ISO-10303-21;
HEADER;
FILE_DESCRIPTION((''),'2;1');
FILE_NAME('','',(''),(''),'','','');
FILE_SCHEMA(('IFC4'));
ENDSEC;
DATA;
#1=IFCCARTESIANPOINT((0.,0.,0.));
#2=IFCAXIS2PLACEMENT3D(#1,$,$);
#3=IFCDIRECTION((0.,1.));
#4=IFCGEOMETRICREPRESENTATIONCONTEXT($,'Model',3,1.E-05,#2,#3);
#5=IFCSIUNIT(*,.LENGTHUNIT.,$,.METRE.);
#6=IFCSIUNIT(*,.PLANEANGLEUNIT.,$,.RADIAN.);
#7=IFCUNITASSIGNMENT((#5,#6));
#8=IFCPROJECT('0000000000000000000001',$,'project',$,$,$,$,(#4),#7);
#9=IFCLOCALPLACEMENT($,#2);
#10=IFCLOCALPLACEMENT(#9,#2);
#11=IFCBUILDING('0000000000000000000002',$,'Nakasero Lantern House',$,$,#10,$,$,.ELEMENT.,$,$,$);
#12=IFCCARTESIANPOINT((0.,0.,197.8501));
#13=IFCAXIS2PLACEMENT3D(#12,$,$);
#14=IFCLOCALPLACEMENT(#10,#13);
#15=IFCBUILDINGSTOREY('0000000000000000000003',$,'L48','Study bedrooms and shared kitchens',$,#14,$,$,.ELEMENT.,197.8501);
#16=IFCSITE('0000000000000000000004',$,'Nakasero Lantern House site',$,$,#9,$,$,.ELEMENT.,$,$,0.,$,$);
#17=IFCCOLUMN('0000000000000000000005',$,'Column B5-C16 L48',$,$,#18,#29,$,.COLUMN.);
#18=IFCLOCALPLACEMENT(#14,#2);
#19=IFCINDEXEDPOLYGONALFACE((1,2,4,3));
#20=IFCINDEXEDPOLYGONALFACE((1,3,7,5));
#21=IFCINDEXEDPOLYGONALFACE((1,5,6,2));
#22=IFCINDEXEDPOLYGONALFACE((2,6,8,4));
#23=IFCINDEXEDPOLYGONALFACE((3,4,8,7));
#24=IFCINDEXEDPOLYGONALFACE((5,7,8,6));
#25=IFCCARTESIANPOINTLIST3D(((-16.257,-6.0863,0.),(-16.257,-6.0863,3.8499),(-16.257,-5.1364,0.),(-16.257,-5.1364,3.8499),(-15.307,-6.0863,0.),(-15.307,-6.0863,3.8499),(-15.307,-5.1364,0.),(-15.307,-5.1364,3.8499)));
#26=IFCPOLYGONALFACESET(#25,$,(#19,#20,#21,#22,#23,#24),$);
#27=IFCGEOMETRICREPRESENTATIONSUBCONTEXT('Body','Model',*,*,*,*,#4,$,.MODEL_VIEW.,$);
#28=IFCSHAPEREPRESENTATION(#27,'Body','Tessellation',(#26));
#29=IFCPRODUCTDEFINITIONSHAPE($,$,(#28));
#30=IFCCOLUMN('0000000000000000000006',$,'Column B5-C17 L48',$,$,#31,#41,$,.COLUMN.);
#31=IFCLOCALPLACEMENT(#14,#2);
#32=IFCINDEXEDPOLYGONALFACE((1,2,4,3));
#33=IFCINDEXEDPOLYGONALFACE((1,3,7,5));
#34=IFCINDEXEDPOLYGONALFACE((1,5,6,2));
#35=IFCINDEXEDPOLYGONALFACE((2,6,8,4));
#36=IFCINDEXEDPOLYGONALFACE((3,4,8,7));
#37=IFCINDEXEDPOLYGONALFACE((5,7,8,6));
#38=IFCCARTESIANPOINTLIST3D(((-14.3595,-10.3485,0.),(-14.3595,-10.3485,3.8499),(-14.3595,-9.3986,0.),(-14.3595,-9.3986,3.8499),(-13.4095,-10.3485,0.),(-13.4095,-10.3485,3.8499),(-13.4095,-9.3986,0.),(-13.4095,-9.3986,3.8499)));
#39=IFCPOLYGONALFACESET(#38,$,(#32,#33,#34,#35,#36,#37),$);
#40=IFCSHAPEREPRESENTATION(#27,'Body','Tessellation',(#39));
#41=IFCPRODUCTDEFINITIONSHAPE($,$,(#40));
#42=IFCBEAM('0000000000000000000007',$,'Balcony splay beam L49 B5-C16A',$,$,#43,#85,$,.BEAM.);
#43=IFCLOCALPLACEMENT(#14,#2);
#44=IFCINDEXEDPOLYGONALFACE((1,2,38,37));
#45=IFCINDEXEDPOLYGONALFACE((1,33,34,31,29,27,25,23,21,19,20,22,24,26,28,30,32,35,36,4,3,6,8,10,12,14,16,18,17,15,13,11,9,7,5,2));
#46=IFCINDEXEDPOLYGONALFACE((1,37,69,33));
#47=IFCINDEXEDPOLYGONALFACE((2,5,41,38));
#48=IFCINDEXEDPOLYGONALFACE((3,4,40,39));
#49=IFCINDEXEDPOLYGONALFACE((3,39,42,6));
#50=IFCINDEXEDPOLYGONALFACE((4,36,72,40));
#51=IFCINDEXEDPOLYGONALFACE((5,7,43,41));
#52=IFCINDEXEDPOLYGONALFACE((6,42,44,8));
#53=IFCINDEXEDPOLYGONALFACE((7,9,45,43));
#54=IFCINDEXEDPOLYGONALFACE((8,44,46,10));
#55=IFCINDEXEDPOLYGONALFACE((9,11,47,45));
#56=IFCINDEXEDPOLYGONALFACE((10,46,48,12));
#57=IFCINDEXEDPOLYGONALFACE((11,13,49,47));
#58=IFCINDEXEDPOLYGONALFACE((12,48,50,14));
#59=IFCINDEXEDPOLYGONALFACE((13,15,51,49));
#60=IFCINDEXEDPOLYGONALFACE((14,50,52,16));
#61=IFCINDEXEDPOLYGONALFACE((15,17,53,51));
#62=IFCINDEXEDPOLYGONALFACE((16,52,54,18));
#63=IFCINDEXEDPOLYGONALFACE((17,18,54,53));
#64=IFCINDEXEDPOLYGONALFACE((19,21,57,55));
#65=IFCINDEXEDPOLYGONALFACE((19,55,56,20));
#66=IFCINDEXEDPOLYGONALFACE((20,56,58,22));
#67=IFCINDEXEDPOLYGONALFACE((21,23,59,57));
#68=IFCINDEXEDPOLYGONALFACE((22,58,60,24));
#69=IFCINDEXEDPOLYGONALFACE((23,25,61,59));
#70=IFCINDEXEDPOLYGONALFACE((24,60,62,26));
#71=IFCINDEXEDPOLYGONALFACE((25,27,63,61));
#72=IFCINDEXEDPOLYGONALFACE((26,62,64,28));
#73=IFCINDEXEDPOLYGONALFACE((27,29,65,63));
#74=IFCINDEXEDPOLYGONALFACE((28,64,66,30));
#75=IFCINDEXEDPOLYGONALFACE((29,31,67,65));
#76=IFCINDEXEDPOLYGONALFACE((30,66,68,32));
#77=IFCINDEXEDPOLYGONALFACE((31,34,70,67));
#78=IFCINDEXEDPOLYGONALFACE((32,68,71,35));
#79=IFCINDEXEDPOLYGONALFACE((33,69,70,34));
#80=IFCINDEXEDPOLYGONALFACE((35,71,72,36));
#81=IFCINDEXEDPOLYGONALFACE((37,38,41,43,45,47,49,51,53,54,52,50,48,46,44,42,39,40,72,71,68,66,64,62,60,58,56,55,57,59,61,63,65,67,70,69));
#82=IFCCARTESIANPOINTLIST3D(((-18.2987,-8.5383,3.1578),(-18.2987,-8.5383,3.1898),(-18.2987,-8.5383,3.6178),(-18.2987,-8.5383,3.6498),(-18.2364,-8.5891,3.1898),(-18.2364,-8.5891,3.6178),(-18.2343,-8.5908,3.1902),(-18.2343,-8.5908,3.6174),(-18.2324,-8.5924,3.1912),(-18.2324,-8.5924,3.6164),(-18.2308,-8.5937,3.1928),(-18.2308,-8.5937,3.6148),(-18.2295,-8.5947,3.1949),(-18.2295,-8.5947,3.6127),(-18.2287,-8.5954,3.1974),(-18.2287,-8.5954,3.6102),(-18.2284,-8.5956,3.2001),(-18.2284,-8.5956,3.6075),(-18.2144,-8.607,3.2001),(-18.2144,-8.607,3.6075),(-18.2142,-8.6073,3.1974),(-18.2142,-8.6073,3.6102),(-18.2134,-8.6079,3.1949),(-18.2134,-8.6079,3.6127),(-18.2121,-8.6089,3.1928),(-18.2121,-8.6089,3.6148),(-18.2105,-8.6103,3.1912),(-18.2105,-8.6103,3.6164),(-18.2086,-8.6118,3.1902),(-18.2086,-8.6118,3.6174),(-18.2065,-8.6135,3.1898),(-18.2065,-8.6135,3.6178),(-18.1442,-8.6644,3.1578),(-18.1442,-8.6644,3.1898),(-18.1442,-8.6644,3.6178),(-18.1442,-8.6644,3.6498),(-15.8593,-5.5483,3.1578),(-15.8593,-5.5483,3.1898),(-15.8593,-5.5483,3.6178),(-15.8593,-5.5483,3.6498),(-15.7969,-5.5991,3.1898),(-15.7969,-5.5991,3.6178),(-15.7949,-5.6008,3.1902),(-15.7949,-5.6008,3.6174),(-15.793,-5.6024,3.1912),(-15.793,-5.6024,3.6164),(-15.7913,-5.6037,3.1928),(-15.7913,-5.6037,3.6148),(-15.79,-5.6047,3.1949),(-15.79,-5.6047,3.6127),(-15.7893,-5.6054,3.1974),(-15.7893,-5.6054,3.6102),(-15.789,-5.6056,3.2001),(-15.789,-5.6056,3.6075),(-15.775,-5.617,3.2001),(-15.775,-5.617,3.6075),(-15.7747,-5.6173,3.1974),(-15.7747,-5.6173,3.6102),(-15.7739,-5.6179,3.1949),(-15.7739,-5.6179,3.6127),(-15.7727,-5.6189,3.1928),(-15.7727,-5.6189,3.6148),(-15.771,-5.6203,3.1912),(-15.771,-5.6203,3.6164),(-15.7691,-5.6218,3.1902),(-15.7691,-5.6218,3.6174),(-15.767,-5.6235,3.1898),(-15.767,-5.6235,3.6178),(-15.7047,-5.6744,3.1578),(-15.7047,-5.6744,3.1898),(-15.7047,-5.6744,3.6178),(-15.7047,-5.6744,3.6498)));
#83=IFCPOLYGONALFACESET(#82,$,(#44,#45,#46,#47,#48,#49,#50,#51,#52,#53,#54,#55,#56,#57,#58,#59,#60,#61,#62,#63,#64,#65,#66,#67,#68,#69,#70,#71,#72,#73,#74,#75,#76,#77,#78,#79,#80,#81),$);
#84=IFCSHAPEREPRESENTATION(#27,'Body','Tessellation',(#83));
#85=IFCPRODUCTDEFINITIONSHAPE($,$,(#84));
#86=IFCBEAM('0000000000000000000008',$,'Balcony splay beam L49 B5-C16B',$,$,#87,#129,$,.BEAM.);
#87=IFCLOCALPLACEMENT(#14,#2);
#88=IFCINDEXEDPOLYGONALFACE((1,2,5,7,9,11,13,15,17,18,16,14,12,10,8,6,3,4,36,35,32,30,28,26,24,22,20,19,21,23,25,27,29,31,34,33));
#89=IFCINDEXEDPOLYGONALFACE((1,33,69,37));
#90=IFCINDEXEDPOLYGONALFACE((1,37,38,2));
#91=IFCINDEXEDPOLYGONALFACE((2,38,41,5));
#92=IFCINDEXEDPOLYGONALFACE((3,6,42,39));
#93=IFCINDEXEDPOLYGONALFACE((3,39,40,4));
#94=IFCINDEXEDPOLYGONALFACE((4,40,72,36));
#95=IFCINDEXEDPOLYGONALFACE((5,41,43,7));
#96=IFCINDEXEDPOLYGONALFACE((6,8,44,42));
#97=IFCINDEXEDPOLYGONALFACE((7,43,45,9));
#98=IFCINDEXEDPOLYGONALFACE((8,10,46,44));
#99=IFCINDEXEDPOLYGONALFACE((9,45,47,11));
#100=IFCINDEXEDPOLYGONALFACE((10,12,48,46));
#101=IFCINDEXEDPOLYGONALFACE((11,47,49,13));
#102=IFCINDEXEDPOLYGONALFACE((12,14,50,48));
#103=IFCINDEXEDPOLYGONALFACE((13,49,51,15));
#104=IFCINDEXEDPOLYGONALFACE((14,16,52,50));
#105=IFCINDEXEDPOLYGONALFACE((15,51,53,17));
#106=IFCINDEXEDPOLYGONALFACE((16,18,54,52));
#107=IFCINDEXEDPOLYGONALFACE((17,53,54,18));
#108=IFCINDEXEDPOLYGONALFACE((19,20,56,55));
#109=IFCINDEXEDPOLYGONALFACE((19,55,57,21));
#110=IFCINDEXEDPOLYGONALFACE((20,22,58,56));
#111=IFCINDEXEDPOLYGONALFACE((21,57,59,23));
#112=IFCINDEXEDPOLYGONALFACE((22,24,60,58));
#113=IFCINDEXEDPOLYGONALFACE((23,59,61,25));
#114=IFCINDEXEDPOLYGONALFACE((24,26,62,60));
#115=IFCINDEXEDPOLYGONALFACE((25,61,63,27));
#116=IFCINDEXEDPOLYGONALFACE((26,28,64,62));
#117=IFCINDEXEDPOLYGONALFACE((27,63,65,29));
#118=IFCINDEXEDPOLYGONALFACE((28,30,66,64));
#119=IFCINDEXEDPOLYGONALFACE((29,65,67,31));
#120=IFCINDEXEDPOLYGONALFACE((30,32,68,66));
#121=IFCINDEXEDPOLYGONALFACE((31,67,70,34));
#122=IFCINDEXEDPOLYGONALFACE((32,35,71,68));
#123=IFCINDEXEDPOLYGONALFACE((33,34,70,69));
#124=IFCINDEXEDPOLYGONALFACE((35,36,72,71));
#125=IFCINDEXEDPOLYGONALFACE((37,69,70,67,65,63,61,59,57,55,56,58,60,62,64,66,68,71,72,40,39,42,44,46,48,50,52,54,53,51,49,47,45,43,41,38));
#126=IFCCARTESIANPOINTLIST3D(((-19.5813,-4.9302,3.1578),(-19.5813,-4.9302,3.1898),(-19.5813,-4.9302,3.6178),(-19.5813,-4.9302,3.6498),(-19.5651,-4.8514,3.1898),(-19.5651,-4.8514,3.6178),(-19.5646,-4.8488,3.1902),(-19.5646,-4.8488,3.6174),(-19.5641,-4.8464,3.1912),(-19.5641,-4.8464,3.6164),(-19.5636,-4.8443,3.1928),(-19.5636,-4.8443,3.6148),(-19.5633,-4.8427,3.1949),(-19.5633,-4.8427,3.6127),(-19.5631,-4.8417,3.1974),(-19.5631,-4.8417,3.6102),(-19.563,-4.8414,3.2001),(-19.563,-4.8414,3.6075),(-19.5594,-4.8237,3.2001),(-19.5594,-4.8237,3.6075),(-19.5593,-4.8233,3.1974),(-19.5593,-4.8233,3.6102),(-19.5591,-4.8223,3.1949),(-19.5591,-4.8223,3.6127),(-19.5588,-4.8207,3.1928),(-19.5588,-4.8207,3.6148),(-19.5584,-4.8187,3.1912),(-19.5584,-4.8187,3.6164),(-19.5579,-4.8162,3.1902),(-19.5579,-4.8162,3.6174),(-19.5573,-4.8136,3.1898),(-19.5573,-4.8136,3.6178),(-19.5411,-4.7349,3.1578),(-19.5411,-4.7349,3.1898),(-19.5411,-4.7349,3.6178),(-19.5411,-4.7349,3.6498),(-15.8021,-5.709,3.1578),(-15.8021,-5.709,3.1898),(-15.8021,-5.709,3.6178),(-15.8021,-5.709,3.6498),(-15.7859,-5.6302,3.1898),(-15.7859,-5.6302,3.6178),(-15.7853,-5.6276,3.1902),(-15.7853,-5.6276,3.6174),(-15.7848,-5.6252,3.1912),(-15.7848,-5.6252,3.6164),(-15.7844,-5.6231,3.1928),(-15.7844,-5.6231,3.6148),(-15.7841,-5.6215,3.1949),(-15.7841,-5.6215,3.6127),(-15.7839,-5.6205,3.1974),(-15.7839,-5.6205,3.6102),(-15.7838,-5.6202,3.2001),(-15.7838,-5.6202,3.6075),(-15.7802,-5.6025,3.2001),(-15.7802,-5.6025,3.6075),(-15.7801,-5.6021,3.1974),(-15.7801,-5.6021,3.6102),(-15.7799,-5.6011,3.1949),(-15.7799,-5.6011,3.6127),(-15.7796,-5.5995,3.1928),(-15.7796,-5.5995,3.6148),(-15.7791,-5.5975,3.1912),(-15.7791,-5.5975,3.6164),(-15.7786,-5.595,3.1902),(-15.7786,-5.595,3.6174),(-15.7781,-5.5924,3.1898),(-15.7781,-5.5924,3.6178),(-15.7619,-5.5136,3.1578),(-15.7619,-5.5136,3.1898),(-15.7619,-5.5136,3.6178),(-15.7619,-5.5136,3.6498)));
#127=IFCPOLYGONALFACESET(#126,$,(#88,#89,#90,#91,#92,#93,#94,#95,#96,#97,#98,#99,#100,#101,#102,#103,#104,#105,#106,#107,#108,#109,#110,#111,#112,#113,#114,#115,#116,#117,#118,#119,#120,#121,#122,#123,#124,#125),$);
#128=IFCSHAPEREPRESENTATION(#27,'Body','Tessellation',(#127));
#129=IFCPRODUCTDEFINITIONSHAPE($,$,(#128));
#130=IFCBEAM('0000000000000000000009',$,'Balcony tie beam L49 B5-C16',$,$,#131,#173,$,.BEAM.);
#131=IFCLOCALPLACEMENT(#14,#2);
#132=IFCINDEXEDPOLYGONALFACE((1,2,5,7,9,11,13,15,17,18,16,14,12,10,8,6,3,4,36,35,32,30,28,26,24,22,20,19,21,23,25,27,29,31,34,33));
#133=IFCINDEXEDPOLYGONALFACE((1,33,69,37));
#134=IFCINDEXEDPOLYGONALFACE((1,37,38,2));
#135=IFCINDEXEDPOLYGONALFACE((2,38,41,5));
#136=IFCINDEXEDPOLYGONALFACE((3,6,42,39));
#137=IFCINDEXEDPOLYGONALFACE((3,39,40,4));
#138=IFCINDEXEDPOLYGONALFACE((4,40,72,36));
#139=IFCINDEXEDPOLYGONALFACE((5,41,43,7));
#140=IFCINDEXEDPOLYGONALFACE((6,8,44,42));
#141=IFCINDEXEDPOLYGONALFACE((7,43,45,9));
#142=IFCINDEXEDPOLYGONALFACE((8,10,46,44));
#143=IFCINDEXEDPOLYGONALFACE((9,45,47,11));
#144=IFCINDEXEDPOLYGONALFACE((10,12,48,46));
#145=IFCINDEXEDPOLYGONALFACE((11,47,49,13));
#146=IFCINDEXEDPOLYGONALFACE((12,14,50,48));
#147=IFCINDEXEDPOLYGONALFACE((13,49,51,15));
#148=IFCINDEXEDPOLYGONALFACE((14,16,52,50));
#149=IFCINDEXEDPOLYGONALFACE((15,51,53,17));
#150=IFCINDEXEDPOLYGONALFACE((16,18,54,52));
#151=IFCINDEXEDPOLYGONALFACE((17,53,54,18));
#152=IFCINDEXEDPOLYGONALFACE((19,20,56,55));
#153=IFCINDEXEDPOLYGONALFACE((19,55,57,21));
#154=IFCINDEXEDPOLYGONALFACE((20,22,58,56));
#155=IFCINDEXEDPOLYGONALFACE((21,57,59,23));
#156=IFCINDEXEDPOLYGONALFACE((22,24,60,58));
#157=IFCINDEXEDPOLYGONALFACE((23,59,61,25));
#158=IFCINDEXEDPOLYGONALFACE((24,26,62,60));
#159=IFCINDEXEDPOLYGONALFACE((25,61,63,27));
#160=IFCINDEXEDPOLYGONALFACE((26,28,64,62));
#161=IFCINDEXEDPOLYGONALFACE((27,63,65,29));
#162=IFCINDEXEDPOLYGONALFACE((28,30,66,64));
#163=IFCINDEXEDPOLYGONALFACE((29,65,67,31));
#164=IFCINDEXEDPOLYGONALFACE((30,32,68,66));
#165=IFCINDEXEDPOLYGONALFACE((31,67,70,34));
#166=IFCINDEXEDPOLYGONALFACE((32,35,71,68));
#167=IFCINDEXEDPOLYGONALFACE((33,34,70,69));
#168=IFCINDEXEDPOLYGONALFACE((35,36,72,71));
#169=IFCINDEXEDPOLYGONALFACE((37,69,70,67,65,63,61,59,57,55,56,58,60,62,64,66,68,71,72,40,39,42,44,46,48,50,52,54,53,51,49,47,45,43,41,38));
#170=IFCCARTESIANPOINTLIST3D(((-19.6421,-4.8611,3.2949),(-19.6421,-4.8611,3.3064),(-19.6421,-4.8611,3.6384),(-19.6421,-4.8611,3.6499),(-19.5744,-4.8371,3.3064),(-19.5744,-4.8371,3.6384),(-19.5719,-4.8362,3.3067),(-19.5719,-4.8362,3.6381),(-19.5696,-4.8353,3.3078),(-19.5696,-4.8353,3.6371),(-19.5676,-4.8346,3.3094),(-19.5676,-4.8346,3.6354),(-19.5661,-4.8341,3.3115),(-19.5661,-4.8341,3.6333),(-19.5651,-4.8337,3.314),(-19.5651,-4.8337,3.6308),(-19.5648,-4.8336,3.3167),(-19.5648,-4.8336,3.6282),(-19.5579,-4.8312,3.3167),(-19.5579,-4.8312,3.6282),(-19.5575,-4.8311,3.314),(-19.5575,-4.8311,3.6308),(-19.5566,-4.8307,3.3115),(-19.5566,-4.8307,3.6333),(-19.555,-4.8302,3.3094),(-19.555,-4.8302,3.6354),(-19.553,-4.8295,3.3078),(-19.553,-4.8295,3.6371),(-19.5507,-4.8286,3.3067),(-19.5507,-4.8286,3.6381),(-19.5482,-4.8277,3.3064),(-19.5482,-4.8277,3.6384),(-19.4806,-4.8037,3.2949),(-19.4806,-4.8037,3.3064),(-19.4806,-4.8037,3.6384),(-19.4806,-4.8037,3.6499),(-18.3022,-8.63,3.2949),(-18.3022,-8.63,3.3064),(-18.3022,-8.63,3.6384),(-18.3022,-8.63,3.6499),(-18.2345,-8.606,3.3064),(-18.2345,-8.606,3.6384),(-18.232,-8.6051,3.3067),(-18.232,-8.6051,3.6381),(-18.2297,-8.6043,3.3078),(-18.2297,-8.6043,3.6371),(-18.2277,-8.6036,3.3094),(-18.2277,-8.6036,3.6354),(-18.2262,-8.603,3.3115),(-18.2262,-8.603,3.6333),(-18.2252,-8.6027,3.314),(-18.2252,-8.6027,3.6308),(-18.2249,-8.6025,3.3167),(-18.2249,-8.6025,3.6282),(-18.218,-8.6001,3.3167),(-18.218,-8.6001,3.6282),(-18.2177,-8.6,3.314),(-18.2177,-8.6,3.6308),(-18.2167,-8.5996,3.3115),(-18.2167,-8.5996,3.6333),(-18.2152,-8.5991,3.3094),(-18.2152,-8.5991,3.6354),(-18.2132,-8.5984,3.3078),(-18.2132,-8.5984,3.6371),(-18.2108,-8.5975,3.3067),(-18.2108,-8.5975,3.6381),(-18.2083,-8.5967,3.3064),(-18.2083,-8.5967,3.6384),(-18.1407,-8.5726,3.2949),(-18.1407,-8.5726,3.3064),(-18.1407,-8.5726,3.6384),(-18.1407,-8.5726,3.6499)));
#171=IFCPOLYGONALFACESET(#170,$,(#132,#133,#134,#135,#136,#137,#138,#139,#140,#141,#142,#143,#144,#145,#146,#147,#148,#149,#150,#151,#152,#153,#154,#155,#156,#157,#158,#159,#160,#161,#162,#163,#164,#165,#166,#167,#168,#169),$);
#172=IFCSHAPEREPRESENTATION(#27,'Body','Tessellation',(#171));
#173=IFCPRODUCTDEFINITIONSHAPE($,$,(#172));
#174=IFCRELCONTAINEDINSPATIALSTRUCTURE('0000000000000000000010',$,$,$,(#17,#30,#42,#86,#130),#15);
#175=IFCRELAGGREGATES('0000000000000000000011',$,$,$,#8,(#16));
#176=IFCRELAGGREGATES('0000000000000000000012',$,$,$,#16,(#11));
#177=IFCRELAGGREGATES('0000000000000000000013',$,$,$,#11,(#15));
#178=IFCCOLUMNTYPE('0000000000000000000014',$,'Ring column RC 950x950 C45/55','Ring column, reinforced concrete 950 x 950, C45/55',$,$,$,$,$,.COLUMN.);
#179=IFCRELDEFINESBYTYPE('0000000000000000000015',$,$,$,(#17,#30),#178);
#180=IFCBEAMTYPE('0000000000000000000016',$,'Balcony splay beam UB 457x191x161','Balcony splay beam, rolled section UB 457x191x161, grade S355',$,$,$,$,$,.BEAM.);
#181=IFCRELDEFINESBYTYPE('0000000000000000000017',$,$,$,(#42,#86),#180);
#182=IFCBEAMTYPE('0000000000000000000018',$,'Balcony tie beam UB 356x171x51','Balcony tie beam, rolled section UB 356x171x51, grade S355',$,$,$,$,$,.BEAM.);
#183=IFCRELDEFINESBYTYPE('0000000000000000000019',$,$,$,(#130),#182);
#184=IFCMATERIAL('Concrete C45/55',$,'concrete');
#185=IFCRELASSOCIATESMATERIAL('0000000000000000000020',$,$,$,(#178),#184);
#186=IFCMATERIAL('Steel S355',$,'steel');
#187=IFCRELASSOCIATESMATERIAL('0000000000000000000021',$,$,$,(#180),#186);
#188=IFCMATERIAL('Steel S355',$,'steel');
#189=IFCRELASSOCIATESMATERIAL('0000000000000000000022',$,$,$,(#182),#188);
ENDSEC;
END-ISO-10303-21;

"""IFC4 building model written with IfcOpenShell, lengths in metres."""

from ifc_helpers import new_model, si_unit, direction, frame, origin, origin_2d, place, context, subcontext, project, spatial, rectangle, i_section, extrude, material, material_profile, profile_set, type_object, element, save


model = new_model("IFC4")

# Units and contexts
model_context = context("Model", 3, precision=1e-05, world=origin(), true_north=direction((0.0, 1.0)))
body_context = subcontext(model_context, "Body", "Model", "MODEL_VIEW")
ifc_project = project(units=[si_unit("LENGTHUNIT", "METRE"), si_unit("PLANEANGLEUNIT", "RADIAN")], contexts=[model_context])

# Site, building, storey
site_placement = place(None, origin())
site = spatial("IfcSite", under=ifc_project, at=site_placement, Name="Nakasero Lantern House site", CompositionType="ELEMENT", RefElevation=0.0)
building_placement = place(site_placement, origin())
building = spatial("IfcBuilding", under=site, at=building_placement, Name="Nakasero Lantern House", CompositionType="ELEMENT")
storey_placement = place(building_placement, frame((0.0, 0.0, 197.8501)))
storey = spatial("IfcBuildingStorey", under=building, at=storey_placement, Name="L48", Description="Study bedrooms and shared kitchens", CompositionType="ELEMENT", Elevation=197.8501)

# Columns
ifc_material_1 = material(Name="Concrete C45/55", Category="concrete")
ifc_material_profile_1 = material_profile(ifc_material_1, rectangle(XDim=0.95, YDim=0.95, at=origin_2d()), Name="RC 950x950")
ifc_profile_set_1 = profile_set([ifc_material_profile_1], Name="Concrete C45/55")
column_type = type_object("IfcColumnType", Name="Ring column RC 950x950 C45/55", Description="Ring column, reinforced concrete 950 x 950, C45/55", PredefinedType="COLUMN", material=ifc_profile_set_1)
for number, where, z_axis, x_axis, name in (
    (1, (-15.782, -5.6113, 0.0), (0.0, 0.0, 1.0), (1.0, 0.0, 0.0), "Column B5-C16 L48"),
    (2, (-13.8845, -9.8735, 0.0), (0.0, 0.0, 1.0), (1.0, 0.0, 0.0), "Column B5-C17 L48"),
):
    element("IfcColumn", number, at=place(storey_placement, frame(where, z_axis=z_axis, x_axis=x_axis)), inside=storey, type_object=column_type, Name=name, PredefinedType="COLUMN", context=body_context, shape_type="SweptSolid", body=[
        extrude(rectangle(XDim=0.95, YDim=0.95, at=origin_2d()), origin(), (0.0, 0.0, 1.0), 3.8499),
    ])

# Beams
ifc_material_2 = material(Name="Steel S355", Category="steel")
ifc_material_profile_2 = material_profile(ifc_material_2, i_section(OverallWidth=0.1995, OverallDepth=0.4919, WebThickness=0.0181, FlangeThickness=0.032, FilletRadius=0.0103, at=origin_2d()), Name="UB 457x191x161")
ifc_profile_set_2 = profile_set([ifc_material_profile_2], Name="Steel S355")
beam_type_1 = type_object("IfcBeamType", Name="Balcony splay beam UB 457x191x161", Description="Balcony splay beam, rolled section UB 457x191x161, grade S355", PredefinedType="BEAM", material=ifc_profile_set_2)
beam_1_placement = place(storey_placement, frame((-15.782, -5.6113, 3.4038), z_axis=(-0.632166, -0.774833, 0.0), x_axis=(0.774833, -0.632166, 0.0)))
element("IfcBeam", 3, at=beam_1_placement, inside=storey, type_object=beam_type_1, Name="Balcony splay beam L49 B5-C16A", PredefinedType="BEAM", context=body_context, shape_type="SweptSolid", body=[
    extrude(i_section(OverallWidth=0.1995, OverallDepth=0.4919, WebThickness=0.0181, FlangeThickness=0.032, FilletRadius=0.0103, at=origin_2d()), origin(), (0.0, 0.0, 1.0), 3.8589),
])
beam_2_placement = place(storey_placement, frame((-15.782, -5.6113, 3.4038), z_axis=(-0.97942, 0.201831, 0.0), x_axis=(-0.201831, -0.97942, 0.0)))
element("IfcBeam", 4, at=beam_2_placement, inside=storey, type_object=beam_type_1, Name="Balcony splay beam L49 B5-C16B", PredefinedType="BEAM", context=body_context, shape_type="SweptSolid", body=[
    extrude(i_section(OverallWidth=0.1995, OverallDepth=0.4919, WebThickness=0.0181, FlangeThickness=0.032, FilletRadius=0.0103, at=origin_2d()), origin(), (0.0, 0.0, 1.0), 3.8586),
])
ifc_material_3 = material(Name="Steel S355", Category="steel")
ifc_material_profile_3 = material_profile(ifc_material_3, i_section(OverallWidth=0.1714, OverallDepth=0.355, WebThickness=0.0073, FlangeThickness=0.0115, FilletRadius=0.0103, at=origin_2d()), Name="UB 356x171x51")
ifc_profile_set_3 = profile_set([ifc_material_profile_3], Name="Steel S355")
beam_type_2 = type_object("IfcBeamType", Name="Balcony tie beam UB 356x171x51", Description="Balcony tie beam, rolled section UB 356x171x51, grade S355", PredefinedType="BEAM", material=ifc_profile_set_3)
beam_3_placement = place(storey_placement, frame((-18.2214, -8.6013, 3.4724), z_axis=(-0.334971, 0.942228, 0.0), x_axis=(-0.942228, -0.334971, 0.0)))
element("IfcBeam", 5, at=beam_3_placement, inside=storey, type_object=beam_type_2, Name="Balcony tie beam L49 B5-C16", PredefinedType="BEAM", context=body_context, shape_type="SweptSolid", body=[
    extrude(i_section(OverallWidth=0.1714, OverallDepth=0.355, WebThickness=0.0073, FlangeThickness=0.0115, FilletRadius=0.0103, at=origin_2d()), origin(), (0.0, 0.0, 1.0), 4.0),
])

save(model, "model.ifc")
